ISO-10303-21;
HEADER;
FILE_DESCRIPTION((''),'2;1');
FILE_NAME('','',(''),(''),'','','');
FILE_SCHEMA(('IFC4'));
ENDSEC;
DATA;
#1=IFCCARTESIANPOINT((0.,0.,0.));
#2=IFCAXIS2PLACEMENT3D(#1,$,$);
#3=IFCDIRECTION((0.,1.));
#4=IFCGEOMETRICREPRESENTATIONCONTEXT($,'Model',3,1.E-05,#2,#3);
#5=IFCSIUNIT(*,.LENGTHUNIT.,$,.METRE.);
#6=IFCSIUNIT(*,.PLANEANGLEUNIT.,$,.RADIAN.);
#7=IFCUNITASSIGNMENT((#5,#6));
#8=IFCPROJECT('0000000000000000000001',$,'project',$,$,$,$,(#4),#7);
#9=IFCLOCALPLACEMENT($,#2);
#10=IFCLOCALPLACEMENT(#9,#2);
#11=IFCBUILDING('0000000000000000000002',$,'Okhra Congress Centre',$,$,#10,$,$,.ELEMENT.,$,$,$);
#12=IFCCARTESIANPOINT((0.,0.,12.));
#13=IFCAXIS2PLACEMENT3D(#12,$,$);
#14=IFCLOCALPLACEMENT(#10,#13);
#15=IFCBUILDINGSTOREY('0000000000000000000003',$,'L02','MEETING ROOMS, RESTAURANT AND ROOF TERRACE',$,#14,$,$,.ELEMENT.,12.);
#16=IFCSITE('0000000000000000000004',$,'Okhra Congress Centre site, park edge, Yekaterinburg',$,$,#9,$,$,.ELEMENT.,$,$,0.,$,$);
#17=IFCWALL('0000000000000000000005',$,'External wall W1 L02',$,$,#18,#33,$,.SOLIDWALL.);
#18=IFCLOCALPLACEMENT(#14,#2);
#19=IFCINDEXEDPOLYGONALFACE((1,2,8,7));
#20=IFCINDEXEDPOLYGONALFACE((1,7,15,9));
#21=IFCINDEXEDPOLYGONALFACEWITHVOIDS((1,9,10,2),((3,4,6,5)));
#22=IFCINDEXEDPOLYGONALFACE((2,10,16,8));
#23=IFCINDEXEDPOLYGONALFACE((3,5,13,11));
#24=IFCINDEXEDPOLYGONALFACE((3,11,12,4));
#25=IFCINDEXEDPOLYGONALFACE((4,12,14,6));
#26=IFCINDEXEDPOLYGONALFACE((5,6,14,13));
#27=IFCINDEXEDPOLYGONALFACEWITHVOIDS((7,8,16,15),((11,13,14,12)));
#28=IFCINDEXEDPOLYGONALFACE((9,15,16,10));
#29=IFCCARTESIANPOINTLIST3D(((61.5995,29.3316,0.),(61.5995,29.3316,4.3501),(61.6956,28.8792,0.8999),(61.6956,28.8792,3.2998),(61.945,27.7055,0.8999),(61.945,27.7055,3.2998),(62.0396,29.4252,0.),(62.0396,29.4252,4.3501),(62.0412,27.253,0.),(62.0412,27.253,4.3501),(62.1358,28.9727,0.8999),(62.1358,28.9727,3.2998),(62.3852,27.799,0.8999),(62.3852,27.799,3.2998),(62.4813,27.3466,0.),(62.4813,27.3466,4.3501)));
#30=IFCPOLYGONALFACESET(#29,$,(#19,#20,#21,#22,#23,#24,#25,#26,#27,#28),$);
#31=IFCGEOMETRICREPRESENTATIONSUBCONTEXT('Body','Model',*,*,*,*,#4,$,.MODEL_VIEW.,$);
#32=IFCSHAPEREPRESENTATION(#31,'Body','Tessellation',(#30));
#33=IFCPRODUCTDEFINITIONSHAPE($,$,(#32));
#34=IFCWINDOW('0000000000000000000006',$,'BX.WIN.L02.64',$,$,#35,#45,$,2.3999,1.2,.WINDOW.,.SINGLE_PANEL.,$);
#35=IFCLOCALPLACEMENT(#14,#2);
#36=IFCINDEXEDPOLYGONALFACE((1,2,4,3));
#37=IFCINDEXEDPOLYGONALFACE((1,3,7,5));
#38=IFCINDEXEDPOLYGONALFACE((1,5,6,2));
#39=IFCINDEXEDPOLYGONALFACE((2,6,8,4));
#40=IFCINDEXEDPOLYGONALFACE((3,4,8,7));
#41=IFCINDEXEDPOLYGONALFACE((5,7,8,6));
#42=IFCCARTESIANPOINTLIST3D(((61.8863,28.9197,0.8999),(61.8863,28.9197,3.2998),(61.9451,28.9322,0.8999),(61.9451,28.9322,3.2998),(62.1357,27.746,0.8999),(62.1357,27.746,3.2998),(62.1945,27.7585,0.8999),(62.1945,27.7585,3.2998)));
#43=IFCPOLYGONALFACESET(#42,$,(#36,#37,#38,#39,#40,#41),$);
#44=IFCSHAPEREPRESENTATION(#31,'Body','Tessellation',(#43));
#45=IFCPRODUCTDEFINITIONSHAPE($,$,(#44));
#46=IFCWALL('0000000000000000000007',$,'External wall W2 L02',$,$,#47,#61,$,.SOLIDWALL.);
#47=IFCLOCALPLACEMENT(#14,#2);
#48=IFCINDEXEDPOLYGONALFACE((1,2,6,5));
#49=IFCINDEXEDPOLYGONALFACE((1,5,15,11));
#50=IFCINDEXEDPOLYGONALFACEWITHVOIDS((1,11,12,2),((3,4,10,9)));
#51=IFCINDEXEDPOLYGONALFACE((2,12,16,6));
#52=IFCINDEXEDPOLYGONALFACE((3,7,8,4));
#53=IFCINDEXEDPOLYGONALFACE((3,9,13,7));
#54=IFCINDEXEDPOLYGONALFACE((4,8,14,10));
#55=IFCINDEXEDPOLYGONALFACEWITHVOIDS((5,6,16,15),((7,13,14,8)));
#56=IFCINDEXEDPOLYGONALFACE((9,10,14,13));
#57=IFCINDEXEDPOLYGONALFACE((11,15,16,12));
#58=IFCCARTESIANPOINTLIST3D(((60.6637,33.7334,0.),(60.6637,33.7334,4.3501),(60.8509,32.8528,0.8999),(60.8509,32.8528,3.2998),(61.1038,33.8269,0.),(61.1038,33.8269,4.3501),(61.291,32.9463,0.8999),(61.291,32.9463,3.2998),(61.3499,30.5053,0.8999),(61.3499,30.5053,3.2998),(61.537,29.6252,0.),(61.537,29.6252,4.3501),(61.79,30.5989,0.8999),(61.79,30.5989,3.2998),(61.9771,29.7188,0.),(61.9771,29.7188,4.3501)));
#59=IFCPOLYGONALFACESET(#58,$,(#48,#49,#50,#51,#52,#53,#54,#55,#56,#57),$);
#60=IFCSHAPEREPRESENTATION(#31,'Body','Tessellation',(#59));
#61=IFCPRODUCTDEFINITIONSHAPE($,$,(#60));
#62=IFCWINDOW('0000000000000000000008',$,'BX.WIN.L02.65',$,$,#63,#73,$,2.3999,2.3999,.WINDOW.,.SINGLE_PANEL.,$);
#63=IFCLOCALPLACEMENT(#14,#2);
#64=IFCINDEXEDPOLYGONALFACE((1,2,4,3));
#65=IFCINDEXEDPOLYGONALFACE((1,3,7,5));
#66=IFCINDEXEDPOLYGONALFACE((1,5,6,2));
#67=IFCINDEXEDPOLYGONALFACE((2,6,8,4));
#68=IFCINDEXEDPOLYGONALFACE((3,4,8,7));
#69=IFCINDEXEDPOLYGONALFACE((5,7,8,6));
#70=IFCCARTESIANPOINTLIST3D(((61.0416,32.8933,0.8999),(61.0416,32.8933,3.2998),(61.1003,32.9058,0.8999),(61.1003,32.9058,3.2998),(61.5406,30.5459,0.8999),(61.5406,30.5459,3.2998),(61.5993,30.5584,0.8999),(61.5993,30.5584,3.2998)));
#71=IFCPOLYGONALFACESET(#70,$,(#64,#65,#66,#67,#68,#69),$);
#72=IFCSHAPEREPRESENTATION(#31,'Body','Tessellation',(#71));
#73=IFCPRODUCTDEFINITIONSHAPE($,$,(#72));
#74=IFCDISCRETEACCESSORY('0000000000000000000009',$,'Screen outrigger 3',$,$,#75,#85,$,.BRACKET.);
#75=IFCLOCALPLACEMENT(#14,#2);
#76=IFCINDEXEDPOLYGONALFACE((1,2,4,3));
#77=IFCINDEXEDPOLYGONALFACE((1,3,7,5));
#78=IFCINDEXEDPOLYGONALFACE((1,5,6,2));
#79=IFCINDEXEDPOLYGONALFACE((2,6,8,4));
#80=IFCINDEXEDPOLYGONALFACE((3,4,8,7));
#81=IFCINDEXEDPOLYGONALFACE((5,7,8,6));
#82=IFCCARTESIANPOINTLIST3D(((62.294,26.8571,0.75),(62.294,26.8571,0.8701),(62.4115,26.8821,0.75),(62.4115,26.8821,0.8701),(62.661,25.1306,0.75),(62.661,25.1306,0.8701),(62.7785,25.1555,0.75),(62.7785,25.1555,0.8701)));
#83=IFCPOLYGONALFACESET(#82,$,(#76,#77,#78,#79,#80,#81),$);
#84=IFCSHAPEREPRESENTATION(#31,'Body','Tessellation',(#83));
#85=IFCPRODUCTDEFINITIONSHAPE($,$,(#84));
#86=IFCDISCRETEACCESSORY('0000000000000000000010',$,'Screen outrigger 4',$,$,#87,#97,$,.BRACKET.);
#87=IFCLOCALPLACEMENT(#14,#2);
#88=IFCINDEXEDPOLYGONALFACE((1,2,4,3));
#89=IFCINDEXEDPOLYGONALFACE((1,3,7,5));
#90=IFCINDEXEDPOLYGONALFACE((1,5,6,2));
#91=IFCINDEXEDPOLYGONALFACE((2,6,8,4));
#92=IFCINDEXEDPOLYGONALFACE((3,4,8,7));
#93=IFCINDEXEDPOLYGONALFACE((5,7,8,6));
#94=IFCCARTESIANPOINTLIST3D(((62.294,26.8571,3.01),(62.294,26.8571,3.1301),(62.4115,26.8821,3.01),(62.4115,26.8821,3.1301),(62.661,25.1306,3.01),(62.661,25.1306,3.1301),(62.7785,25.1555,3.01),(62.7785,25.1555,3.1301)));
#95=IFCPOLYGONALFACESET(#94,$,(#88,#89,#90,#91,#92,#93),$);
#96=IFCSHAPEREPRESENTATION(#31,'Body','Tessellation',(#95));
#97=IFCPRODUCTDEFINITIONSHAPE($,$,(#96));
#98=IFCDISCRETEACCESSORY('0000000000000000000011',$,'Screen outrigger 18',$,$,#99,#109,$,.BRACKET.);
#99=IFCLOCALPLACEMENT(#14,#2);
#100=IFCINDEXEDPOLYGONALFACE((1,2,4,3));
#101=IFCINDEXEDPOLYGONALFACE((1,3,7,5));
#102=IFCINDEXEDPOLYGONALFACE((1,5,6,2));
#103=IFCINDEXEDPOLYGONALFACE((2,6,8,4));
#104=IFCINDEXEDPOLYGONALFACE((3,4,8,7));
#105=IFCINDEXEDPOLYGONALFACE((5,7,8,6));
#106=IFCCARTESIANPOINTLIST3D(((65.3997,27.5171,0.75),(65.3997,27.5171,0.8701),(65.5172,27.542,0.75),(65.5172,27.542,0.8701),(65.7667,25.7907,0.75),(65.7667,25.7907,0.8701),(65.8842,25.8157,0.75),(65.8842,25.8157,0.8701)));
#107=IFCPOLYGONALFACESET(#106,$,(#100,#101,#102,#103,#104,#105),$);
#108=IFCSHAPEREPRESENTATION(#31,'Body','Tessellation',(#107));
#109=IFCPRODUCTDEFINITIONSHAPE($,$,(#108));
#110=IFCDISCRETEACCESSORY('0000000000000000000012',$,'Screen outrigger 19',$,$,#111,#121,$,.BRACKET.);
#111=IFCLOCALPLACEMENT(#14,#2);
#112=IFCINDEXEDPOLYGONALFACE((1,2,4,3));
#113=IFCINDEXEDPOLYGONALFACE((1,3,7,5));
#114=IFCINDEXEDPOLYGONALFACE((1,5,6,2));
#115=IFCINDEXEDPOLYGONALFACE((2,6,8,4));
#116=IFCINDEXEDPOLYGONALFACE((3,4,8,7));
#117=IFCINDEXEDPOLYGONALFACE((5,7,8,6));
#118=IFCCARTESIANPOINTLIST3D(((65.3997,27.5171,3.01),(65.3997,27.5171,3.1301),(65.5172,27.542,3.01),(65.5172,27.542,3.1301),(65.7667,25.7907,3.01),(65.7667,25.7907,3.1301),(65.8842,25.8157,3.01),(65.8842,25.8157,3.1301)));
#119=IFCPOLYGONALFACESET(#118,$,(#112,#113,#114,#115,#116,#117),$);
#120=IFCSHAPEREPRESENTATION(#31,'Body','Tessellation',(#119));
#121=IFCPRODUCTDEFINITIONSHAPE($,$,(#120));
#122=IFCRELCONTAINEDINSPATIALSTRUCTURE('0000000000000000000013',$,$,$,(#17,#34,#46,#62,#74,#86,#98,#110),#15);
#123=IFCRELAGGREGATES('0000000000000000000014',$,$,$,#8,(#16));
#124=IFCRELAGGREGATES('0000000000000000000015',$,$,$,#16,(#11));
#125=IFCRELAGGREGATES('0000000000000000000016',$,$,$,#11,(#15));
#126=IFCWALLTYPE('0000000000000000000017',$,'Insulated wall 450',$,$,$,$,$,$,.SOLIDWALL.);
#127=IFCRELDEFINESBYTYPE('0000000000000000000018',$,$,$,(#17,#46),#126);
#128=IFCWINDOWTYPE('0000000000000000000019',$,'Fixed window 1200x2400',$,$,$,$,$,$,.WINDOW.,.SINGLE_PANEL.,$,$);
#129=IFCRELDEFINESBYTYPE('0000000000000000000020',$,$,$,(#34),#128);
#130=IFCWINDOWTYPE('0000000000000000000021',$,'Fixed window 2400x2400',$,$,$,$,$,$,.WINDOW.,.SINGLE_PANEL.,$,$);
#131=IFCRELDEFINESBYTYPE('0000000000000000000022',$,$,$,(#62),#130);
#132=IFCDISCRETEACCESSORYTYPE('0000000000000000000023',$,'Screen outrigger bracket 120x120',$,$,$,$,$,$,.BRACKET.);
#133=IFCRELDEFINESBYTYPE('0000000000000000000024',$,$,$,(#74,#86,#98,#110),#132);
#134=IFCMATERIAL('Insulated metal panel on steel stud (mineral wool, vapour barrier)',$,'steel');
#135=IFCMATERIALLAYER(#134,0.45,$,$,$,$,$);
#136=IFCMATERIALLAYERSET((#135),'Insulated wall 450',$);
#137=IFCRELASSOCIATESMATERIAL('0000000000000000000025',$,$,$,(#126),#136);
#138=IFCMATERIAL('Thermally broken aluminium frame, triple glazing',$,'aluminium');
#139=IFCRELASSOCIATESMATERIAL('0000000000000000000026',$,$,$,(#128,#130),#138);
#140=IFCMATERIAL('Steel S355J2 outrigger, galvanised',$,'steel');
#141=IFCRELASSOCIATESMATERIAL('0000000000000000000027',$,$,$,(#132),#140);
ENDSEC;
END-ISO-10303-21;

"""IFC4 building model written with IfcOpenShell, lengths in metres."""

from ifc_helpers import new_model, si_unit, direction, frame, frame_2d, origin, origin_2d, place, context, subcontext, project, spatial, rectangle, extrude, material, layer, layer_set, material_profile, profile_set, type_object, element, fill, save


model = new_model("IFC4")

# Units and contexts
model_context = context("Model", 3, precision=1e-05, world=origin(), true_north=direction((0.0, 1.0)))
body_context = subcontext(model_context, "Body", "Model", "MODEL_VIEW")
ifc_project = project(units=[si_unit("LENGTHUNIT", "METRE"), si_unit("PLANEANGLEUNIT", "RADIAN")], contexts=[model_context])

# Site, building, storey
site_placement = place(None, origin())
site = spatial("IfcSite", under=ifc_project, at=site_placement, Name="Okhra Congress Centre site, park edge, Yekaterinburg", CompositionType="ELEMENT", RefElevation=0.0)
building_placement = place(site_placement, origin())
building = spatial("IfcBuilding", under=site, at=building_placement, Name="Okhra Congress Centre", CompositionType="ELEMENT")
storey_placement = place(building_placement, frame((0.0, 0.0, 12.0)))
storey = spatial("IfcBuildingStorey", under=building, at=storey_placement, Name="L02", Description="MEETING ROOMS, RESTAURANT AND ROOF TERRACE", CompositionType="ELEMENT", Elevation=12.0)

# Walls, openings, windows
ifc_material_1 = material(Name="Insulated metal panel on steel stud (mineral wool, vapour barrier)", Category="steel")
ifc_layer = layer(ifc_material_1, 0.45)
ifc_layer_set = layer_set([ifc_layer], Name="Insulated wall 450")
wall_type = type_object("IfcWallType", Name="Insulated wall 450", PredefinedType="SOLIDWALL", material=ifc_layer_set)
ifc_material_2 = material(Name="Thermally broken aluminium frame, triple glazing", Category="aluminium")
wall_1_placement = place(storey_placement, frame((62.2612, 27.2998, 0.0), z_axis=(0.0, 0.0, 1.0), x_axis=(-0.207834, 0.978164, 0.0)))
wall_1 = element("IfcWall", 1, at=wall_1_placement, inside=storey, type_object=wall_type, Name="External wall W1 L02", PredefinedType="SOLIDWALL", context=body_context, shape_type="SweptSolid", body=[
    extrude(rectangle(XDim=2.125, YDim=0.45, at=frame_2d((1.0625, 0.0))), origin(), (0.0, 0.0, 1.0), 4.3501),
])
opening_1_placement = place(wall_1_placement, frame((0.4624, 0.0, 0.8999)))
opening_1 = element("IfcOpeningElement", 2, at=opening_1_placement, cuts=wall_1, PredefinedType="OPENING", context=body_context, shape_type="SweptSolid", body=[
    extrude(rectangle(XDim=1.2, YDim=2.3999, at=frame_2d((0.6001, 1.2))), frame((0.0, 0.2349, 0.0), z_axis=(0.0, -1.0, 0.0), x_axis=(1.0, 0.0, 0.0)), (0.0, 0.0, 1.0), 0.47),
])
window_type_1 = type_object("IfcWindowType", Name="Fixed window 1200x2400", PartitioningType="SINGLE_PANEL", PredefinedType="WINDOW", material=ifc_material_2)
window_1_placement = place(opening_1_placement, origin())
window_1 = element("IfcWindow", 3, at=window_1_placement, inside=storey, type_object=window_type_1, Name="BX.WIN.L02.64", OverallHeight=2.3999, OverallWidth=1.2, PartitioningType="SINGLE_PANEL", PredefinedType="WINDOW", context=body_context, shape_type="SweptSolid", body=[
    extrude(rectangle(XDim=1.2, YDim=2.3999, at=frame_2d((0.6001, 1.2))), frame((0.0, 0.03, 0.0), z_axis=(0.0, -1.0, 0.0), x_axis=(1.0, 0.0, 0.0)), (0.0, 0.0, 1.0), 0.0601),
])
fill(opening_1, window_1)
wall_2_placement = place(storey_placement, frame((61.7571, 29.6719, 0.0), z_axis=(0.0, 0.0, 1.0), x_axis=(-0.207929, 0.978144, 0.0)))
wall_2 = element("IfcWall", 4, at=wall_2_placement, inside=storey, type_object=wall_type, Name="External wall W2 L02", PredefinedType="SOLIDWALL", context=body_context, shape_type="SweptSolid", body=[
    extrude(rectangle(XDim=4.2, YDim=0.45, at=frame_2d((2.1001, 0.0))), origin(), (0.0, 0.0, 1.0), 4.3501),
])
opening_2_placement = place(wall_2_placement, frame((0.8999, 0.0, 0.8999)))
opening_2 = element("IfcOpeningElement", 5, at=opening_2_placement, cuts=wall_2, PredefinedType="OPENING", context=body_context, shape_type="SweptSolid", body=[
    extrude(rectangle(XDim=2.3999, YDim=2.3999, at=frame_2d((1.2, 1.2))), frame((0.0, 0.2349, 0.0), z_axis=(0.0, -1.0, 0.0), x_axis=(1.0, 0.0, 0.0)), (0.0, 0.0, 1.0), 0.47),
])
window_type_2 = type_object("IfcWindowType", Name="Fixed window 2400x2400", PartitioningType="SINGLE_PANEL", PredefinedType="WINDOW", material=ifc_material_2)
window_2_placement = place(opening_2_placement, origin())
window_2 = element("IfcWindow", 6, at=window_2_placement, inside=storey, type_object=window_type_2, Name="BX.WIN.L02.65", OverallHeight=2.3999, OverallWidth=2.3999, PartitioningType="SINGLE_PANEL", PredefinedType="WINDOW", context=body_context, shape_type="SweptSolid", body=[
    extrude(rectangle(XDim=2.3999, YDim=2.3999, at=frame_2d((1.2, 1.2))), frame((0.0, 0.03, 0.0), z_axis=(0.0, -1.0, 0.0), x_axis=(1.0, 0.0, 0.0)), (0.0, 0.0, 1.0), 0.0601),
])
fill(opening_2, window_2)

# Discrete accessories
ifc_material_3 = material(Name="Steel S355J2 outrigger, galvanised", Category="steel")
ifc_material_profile_1 = material_profile(ifc_material_3, rectangle(XDim=0.1201, YDim=0.1201, at=origin_2d()), Name="Screen outrigger bracket 120x120")
ifc_profile_set_1 = profile_set([ifc_material_profile_1], Name="Steel S355J2 outrigger, galvanised")
discrete_accessory_type = type_object("IfcDiscreteAccessoryType", Name="Screen outrigger bracket 120x120", PredefinedType="BRACKET", material=ifc_profile_set_1)
for number, where, z_axis, x_axis, name in (
    (7, (62.3528, 26.8696, 0.8101), (0.207885, -0.978153, 0.0), (0.978153, 0.207885, 0.0), "Screen outrigger 3"),
    (8, (62.3528, 26.8696, 3.0701), (0.207885, -0.978153, 0.0), (0.978153, 0.207885, 0.0), "Screen outrigger 4"),
):
    element("IfcDiscreteAccessory", number, at=place(storey_placement, frame(where, z_axis=z_axis, x_axis=x_axis)), inside=storey, type_object=discrete_accessory_type, Name=name, PredefinedType="BRACKET", context=body_context, shape_type="SweptSolid", body=[
        extrude(rectangle(XDim=0.1201, YDim=0.1201, at=origin_2d()), origin(), (0.0, 0.0, 1.0), 1.7651),
    ])
for number, where, z_axis, x_axis, name in (
    (9, (65.4585, 27.5295, 0.8101), (0.207913, -0.978147, 0.0), (0.978147, 0.207913, 0.0), "Screen outrigger 18"),
    (10, (65.4585, 27.5295, 3.0701), (0.207913, -0.978147, 0.0), (0.978147, 0.207913, 0.0), "Screen outrigger 19"),
):
    element("IfcDiscreteAccessory", number, at=place(storey_placement, frame(where, z_axis=z_axis, x_axis=x_axis)), inside=storey, type_object=discrete_accessory_type, Name=name, PredefinedType="BRACKET", context=body_context, shape_type="SweptSolid", body=[
        extrude(rectangle(XDim=0.1201, YDim=0.1201, at=origin_2d()), origin(), (0.0, 0.0, 1.0), 1.7649),
    ])

save(model, "model.ifc")
